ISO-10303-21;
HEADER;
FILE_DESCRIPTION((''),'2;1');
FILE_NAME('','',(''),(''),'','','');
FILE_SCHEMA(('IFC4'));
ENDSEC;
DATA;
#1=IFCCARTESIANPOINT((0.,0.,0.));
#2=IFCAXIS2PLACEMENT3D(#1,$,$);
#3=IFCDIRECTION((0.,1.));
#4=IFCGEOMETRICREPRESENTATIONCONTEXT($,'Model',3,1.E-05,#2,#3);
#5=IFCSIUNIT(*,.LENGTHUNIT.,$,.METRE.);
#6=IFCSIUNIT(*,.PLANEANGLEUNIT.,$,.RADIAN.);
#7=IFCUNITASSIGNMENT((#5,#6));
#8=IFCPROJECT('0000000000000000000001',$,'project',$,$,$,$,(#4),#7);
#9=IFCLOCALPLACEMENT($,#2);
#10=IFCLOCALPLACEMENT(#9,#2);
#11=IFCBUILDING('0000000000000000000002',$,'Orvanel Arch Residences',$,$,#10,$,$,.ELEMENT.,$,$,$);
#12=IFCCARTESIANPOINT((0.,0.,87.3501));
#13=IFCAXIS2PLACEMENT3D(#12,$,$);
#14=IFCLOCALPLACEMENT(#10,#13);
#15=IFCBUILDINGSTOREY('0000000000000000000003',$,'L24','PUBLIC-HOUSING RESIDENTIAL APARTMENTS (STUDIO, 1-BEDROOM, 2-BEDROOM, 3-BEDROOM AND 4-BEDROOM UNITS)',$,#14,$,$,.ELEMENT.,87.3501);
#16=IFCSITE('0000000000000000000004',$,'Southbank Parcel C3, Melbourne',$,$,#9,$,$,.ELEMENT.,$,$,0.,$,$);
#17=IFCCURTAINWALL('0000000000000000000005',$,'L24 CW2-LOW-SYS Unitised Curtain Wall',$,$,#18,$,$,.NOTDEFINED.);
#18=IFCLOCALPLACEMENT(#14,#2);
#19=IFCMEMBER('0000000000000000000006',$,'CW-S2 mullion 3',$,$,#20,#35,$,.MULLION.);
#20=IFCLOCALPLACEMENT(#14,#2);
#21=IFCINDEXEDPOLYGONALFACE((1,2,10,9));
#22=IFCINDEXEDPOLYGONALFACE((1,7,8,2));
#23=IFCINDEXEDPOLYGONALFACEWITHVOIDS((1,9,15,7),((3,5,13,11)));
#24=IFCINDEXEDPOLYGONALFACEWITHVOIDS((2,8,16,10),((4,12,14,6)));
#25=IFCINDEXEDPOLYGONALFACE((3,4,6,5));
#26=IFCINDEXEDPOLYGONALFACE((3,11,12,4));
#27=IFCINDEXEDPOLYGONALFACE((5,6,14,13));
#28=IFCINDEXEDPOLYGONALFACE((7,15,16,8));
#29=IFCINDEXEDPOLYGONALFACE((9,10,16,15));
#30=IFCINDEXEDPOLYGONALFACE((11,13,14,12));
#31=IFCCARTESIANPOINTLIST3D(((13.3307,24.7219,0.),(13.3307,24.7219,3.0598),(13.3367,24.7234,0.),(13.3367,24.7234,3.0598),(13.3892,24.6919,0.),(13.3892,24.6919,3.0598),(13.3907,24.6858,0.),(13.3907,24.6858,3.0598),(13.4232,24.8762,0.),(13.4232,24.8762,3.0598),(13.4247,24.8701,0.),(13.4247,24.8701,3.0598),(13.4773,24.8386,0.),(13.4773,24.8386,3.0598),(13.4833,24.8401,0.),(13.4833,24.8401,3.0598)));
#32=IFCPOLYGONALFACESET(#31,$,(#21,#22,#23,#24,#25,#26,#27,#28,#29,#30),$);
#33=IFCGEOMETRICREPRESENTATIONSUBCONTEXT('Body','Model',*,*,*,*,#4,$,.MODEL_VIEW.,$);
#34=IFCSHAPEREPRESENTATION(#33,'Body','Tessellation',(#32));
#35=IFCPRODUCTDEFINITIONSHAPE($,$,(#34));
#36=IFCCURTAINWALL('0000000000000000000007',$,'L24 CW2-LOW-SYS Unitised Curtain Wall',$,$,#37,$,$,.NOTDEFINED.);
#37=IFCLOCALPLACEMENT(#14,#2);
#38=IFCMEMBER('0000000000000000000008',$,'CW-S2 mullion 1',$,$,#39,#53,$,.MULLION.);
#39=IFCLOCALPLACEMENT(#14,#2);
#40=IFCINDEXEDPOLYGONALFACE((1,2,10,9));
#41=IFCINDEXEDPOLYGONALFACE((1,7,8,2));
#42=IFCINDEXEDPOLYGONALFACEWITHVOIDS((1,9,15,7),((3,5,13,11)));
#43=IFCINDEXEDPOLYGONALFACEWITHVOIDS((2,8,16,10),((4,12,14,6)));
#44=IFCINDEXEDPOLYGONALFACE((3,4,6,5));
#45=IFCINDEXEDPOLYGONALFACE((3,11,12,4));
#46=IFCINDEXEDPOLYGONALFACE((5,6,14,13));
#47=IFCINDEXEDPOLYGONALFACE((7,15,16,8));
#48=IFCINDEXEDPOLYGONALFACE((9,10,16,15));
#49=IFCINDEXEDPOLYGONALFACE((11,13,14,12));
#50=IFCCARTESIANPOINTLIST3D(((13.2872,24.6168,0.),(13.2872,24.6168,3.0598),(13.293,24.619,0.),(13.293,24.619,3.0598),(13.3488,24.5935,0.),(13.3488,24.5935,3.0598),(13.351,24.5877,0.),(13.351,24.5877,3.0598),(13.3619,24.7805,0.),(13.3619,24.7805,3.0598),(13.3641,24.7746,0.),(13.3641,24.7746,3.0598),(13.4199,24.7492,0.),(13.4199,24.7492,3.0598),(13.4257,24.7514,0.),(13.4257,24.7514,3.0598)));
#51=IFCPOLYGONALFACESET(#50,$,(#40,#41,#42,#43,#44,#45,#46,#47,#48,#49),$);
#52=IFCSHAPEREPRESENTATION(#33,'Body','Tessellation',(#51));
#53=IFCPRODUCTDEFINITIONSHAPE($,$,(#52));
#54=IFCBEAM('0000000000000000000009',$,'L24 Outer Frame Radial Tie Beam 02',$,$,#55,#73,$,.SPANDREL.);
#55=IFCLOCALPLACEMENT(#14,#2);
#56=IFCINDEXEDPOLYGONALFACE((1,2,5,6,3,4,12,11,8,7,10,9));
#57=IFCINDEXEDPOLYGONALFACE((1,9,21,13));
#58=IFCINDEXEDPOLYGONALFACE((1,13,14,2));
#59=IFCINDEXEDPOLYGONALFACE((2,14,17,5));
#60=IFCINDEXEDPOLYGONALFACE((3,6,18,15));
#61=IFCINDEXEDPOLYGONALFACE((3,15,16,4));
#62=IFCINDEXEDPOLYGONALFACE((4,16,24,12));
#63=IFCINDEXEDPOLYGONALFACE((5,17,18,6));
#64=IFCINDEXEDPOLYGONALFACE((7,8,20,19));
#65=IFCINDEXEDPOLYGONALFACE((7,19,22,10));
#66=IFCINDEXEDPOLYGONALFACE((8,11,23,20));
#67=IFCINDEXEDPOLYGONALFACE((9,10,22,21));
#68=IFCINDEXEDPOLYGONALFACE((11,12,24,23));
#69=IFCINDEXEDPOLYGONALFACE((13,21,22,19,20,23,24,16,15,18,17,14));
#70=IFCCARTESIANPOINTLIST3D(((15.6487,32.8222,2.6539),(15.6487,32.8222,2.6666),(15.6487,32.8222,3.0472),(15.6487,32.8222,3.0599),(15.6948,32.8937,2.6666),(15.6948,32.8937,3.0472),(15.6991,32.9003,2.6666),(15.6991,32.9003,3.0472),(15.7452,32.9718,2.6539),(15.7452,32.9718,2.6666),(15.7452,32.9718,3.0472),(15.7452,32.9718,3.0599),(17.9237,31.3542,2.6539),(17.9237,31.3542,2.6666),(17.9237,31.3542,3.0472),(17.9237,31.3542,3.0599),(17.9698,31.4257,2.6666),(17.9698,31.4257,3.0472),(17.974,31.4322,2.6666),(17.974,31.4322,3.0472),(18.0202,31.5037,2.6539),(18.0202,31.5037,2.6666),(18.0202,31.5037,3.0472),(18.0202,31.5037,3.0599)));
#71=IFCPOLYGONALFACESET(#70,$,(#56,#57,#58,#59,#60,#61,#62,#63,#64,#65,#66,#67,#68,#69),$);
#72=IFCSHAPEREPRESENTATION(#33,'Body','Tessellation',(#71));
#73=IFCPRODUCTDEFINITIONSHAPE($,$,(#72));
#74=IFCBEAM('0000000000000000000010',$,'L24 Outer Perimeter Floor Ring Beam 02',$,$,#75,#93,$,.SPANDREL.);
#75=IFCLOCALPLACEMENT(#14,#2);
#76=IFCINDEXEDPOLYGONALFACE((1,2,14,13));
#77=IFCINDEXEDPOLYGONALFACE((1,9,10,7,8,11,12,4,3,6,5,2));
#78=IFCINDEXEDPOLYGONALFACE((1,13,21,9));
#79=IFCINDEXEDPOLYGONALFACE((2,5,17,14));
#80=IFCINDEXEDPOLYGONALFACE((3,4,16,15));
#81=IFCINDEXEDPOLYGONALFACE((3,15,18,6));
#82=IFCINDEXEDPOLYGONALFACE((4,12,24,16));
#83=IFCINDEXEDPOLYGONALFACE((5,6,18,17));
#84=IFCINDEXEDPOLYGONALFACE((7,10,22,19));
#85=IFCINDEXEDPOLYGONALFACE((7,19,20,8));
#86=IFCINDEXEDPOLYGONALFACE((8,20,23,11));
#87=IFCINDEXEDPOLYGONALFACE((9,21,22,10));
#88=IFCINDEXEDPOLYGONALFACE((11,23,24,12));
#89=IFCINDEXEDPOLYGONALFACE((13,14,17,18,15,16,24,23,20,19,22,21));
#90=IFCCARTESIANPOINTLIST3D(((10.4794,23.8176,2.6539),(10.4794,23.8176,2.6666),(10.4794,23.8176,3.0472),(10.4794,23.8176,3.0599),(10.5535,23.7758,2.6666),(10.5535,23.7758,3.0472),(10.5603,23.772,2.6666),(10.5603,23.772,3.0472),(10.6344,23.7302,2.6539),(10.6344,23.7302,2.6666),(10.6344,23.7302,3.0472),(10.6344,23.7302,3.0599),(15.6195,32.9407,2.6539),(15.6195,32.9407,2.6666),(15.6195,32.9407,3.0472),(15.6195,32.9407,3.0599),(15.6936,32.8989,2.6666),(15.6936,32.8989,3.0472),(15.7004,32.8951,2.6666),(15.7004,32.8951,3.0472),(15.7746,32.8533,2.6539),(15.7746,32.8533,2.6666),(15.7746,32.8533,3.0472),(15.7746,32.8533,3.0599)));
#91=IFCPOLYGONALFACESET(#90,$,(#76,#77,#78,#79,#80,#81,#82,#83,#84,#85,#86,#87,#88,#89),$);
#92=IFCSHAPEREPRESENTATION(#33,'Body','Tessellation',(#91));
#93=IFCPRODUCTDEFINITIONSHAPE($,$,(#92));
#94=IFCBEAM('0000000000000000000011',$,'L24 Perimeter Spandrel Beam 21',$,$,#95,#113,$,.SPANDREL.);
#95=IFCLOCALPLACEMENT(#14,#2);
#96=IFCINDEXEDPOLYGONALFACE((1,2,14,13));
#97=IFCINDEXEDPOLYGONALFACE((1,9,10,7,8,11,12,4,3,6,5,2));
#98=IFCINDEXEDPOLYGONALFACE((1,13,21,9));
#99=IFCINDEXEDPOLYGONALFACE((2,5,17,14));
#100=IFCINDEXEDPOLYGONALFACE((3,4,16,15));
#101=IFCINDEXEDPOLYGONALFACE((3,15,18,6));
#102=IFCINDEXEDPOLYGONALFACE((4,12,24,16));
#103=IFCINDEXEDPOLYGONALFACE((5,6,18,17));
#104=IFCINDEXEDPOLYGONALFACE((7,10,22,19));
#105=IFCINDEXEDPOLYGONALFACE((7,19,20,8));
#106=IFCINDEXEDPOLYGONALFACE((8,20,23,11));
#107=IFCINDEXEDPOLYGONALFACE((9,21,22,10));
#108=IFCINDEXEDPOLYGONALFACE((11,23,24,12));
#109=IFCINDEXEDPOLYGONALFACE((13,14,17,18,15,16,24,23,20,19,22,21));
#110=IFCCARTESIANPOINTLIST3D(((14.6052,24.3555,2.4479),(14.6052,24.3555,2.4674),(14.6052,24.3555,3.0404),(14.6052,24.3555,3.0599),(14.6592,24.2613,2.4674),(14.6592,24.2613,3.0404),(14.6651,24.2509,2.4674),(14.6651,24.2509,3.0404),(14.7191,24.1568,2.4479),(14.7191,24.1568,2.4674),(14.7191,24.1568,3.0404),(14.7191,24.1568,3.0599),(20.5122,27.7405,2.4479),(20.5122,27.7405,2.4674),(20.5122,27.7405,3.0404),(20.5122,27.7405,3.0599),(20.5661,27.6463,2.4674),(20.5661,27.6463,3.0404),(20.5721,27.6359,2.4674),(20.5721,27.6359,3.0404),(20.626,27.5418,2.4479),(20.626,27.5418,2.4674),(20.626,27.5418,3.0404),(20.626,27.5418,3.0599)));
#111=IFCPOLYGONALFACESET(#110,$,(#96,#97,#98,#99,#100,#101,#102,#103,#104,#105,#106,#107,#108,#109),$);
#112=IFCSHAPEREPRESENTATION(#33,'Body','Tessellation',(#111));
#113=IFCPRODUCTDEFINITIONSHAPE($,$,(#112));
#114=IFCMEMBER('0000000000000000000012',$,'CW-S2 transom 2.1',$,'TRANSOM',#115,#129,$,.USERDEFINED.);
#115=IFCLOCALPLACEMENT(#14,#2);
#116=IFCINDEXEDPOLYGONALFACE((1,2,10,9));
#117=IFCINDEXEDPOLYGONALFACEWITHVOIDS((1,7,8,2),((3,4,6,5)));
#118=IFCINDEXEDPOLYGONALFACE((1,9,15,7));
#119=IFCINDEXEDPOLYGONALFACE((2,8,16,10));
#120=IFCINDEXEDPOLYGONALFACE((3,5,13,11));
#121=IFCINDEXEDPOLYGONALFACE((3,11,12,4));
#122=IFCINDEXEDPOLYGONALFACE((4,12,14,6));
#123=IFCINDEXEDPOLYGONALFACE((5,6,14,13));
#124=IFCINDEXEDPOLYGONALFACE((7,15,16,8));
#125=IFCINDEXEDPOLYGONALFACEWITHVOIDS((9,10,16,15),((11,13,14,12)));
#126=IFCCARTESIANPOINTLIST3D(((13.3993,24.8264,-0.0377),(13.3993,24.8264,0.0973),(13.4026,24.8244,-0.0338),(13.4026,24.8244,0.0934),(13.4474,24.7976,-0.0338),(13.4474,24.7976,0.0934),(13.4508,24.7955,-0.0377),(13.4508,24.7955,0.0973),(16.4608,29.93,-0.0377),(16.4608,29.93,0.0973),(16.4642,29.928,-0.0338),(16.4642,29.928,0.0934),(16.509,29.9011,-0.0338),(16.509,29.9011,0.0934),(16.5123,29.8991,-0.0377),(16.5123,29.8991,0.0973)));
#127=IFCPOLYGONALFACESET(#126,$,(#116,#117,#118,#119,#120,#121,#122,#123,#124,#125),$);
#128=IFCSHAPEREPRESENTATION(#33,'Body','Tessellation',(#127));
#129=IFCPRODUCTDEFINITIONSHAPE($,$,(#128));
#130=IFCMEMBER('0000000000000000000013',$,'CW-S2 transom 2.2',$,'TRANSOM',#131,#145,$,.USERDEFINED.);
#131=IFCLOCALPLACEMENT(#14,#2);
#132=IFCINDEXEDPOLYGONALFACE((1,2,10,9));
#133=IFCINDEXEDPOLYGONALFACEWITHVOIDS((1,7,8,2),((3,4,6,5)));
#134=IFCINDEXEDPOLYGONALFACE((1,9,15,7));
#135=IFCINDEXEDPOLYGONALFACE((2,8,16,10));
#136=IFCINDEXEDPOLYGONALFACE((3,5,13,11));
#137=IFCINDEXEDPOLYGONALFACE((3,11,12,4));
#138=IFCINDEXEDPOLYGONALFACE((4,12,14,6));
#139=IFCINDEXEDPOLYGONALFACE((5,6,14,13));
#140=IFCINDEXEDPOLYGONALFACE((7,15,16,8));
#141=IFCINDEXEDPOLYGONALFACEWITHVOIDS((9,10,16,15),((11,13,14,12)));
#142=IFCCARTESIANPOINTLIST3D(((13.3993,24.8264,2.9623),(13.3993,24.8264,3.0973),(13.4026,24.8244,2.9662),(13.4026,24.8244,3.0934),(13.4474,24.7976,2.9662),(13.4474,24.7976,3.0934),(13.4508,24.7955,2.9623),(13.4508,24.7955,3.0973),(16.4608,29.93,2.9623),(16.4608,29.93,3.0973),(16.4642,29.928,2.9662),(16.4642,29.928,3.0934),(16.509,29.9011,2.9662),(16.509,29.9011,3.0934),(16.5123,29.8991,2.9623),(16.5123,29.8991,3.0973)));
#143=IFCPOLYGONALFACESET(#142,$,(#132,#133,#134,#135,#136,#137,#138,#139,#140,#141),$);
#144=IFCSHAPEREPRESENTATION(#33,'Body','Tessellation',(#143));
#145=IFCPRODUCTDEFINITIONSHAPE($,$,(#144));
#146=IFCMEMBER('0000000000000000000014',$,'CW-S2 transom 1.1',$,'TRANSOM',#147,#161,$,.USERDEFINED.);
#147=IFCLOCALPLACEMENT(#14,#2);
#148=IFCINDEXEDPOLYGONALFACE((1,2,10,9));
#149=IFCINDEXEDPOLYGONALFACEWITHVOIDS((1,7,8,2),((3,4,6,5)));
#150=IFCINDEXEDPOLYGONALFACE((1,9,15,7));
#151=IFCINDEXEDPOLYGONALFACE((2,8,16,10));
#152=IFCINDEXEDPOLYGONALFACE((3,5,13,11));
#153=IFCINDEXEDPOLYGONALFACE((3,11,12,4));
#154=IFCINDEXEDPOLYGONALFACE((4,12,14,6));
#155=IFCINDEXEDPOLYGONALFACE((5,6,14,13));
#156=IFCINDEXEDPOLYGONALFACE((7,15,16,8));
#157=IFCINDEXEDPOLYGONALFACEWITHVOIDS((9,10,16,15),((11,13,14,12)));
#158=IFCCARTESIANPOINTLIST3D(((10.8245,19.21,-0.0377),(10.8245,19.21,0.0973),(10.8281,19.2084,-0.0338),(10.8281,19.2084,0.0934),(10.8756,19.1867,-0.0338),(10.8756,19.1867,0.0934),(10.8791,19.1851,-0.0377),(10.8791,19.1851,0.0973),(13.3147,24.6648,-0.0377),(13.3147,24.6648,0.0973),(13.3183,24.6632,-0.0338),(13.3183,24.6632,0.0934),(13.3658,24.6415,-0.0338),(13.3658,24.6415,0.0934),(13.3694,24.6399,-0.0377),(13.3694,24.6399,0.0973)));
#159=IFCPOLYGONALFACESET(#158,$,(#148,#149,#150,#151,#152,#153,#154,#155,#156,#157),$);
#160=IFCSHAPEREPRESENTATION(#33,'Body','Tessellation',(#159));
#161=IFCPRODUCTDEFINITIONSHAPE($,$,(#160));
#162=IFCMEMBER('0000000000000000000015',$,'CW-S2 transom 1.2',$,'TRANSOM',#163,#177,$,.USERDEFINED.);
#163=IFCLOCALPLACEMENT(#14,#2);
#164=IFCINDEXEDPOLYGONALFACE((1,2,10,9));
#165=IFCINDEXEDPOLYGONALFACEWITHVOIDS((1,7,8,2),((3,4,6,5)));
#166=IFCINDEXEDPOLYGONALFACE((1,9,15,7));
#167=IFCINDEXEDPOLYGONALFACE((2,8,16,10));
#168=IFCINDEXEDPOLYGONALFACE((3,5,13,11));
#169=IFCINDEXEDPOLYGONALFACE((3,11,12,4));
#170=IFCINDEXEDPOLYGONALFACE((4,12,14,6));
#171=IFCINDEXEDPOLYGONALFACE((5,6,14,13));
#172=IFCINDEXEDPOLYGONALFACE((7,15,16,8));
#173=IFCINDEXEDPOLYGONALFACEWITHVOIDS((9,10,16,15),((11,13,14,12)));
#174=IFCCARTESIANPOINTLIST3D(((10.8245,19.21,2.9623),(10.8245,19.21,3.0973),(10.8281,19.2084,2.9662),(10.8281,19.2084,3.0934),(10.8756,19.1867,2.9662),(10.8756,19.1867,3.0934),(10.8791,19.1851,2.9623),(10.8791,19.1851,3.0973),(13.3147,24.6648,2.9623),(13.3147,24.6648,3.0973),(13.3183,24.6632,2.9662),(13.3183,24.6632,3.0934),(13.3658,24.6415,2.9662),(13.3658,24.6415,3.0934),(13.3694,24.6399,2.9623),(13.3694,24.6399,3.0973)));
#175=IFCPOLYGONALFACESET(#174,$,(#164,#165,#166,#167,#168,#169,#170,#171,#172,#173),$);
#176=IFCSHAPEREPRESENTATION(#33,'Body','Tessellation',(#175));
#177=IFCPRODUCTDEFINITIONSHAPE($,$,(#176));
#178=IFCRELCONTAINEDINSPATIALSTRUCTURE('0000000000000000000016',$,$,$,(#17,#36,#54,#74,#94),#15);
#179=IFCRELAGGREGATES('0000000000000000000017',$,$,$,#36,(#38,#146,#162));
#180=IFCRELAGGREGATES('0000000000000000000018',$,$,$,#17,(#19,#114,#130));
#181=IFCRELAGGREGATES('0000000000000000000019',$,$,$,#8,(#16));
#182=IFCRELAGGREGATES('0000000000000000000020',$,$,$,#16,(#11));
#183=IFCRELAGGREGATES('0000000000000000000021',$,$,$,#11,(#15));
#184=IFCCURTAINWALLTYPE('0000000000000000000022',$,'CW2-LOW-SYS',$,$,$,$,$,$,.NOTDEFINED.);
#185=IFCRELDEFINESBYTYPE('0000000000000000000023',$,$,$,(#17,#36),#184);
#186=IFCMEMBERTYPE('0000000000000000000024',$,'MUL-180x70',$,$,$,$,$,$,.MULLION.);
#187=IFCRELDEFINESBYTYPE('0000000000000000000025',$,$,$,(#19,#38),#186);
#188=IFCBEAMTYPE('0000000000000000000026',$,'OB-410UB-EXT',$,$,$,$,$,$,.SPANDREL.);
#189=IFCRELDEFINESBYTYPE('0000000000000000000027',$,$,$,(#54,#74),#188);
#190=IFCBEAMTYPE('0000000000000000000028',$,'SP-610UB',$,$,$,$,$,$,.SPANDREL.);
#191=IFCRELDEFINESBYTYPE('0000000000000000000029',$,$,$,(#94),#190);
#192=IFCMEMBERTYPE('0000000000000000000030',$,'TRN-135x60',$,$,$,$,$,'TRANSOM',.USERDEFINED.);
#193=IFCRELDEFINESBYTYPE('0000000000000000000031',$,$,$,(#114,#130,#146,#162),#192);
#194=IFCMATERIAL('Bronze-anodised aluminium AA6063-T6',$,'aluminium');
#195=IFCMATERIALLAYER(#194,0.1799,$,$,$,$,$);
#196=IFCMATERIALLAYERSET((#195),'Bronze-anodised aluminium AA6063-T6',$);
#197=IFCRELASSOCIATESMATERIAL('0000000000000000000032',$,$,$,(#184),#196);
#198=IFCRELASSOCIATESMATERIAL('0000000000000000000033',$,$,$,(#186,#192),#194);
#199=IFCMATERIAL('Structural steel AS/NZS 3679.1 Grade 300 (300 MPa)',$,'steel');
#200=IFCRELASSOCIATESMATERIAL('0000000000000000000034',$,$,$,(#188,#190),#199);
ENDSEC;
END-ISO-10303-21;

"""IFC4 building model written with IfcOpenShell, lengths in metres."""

from ifc_helpers import new_model, si_unit, direction, frame, origin, origin_2d, place, context, subcontext, project, spatial, hollow_rectangle, i_section, extrude, material, layer, layer_set, material_profile, profile_set, type_object, element, aggregate, save


model = new_model("IFC4")

# Units and contexts
model_context = context("Model", 3, precision=1e-05, world=origin(), true_north=direction((0.0, 1.0)))
body_context = subcontext(model_context, "Body", "Model", "MODEL_VIEW")
ifc_project = project(units=[si_unit("LENGTHUNIT", "METRE"), si_unit("PLANEANGLEUNIT", "RADIAN")], contexts=[model_context])

# Site, building, storey
site_placement = place(None, origin())
site = spatial("IfcSite", under=ifc_project, at=site_placement, Name="Southbank Parcel C3, Melbourne", CompositionType="ELEMENT", RefElevation=0.0)
building_placement = place(site_placement, origin())
building = spatial("IfcBuilding", under=site, at=building_placement, Name="Orvanel Arch Residences", CompositionType="ELEMENT")
storey_placement = place(building_placement, frame((0.0, 0.0, 87.3501)))
storey = spatial("IfcBuildingStorey", under=building, at=storey_placement, Name="L24", Description="PUBLIC-HOUSING RESIDENTIAL APARTMENTS (STUDIO, 1-BEDROOM, 2-BEDROOM, 3-BEDROOM AND 4-BEDROOM UNITS)", CompositionType="ELEMENT", Elevation=87.3501)

# Shared definitions
ifc_material_1 = material(Name="Structural steel AS/NZS 3679.1 Grade 300 (300 MPa)", Category="steel")

# Curtain wall, member
ifc_material_2 = material(Name="Bronze-anodised aluminium AA6063-T6", Category="aluminium")
ifc_layer_1 = layer(ifc_material_2, 0.1799)
ifc_layer_set_1 = layer_set([ifc_layer_1], Name="Bronze-anodised aluminium AA6063-T6")
curtain_wall_type = type_object("IfcCurtainWallType", Name="CW2-LOW-SYS", PredefinedType="NOTDEFINED", material=ifc_layer_set_1)
curtain_wall_1_placement = place(storey_placement, origin())
curtain_wall_1 = element("IfcCurtainWall", 1, at=curtain_wall_1_placement, inside=storey, type_object=curtain_wall_type, Name="L24 CW2-LOW-SYS Unitised Curtain Wall", PredefinedType="NOTDEFINED")
ifc_material_profile_1 = material_profile(ifc_material_2, hollow_rectangle(XDim=0.0701, YDim=0.1799, WallThickness=0.0044, at=origin_2d()), Name="ALU180x70x4.5")
ifc_profile_set_1 = profile_set([ifc_material_profile_1], Name="Bronze-anodised aluminium AA6063-T6")
member_type_1 = type_object("IfcMemberType", Name="MUL-180x70", PredefinedType="MULLION", material=ifc_profile_set_1)
member_1_placement = place(storey_placement, frame((13.407, 24.781, 0.0), z_axis=(0.0, 0.0, 1.0), x_axis=(0.857537, -0.514423, 0.0)))
member_1 = element("IfcMember", 2, at=member_1_placement, type_object=member_type_1, Name="CW-S2 mullion 3", PredefinedType="MULLION", context=body_context, shape_type="SweptSolid", body=[
    extrude(hollow_rectangle(XDim=0.0701, YDim=0.1799, WallThickness=0.0044, at=origin_2d()), origin(), (0.0, 0.0, 1.0), 3.0598),
])

# Curtain wall, member
curtain_wall_2_placement = place(storey_placement, origin())
curtain_wall_2 = element("IfcCurtainWall", 3, at=curtain_wall_2_placement, inside=storey, type_object=curtain_wall_type, Name="L24 CW2-LOW-SYS Unitised Curtain Wall", PredefinedType="NOTDEFINED")
member_2_placement = place(storey_placement, frame((13.3564, 24.6841, 0.0), z_axis=(0.0, 0.0, 1.0), x_axis=(0.909699, -0.415268, 0.0)))
member_2 = element("IfcMember", 4, at=member_2_placement, type_object=member_type_1, Name="CW-S2 mullion 1", PredefinedType="MULLION", context=body_context, shape_type="SweptSolid", body=[
    extrude(hollow_rectangle(XDim=0.0701, YDim=0.1799, WallThickness=0.0044, at=origin_2d()), origin(), (0.0, 0.0, 1.0), 3.0598),
])

# Beams
ifc_material_profile_2 = material_profile(ifc_material_1, i_section(OverallWidth=0.178, OverallDepth=0.406, WebThickness=0.0078, FlangeThickness=0.0127, at=origin_2d()), Name="410UB59.7")
ifc_profile_set_2 = profile_set([ifc_material_profile_2], Name="Structural steel AS/NZS 3679.1 Grade 300 (300 MPa)")
beam_type_1 = type_object("IfcBeamType", Name="OB-410UB-EXT", PredefinedType="SPANDREL", material=ifc_profile_set_2)
beam_1_placement = place(storey_placement, frame((17.9719, 31.429, 2.8569), z_axis=(-0.84024, 0.542215, 0.0), x_axis=(-0.542215, -0.84024, 0.0)))
element("IfcBeam", 5, at=beam_1_placement, inside=storey, type_object=beam_type_1, Name="L24 Outer Frame Radial Tie Beam 02", PredefinedType="SPANDREL", context=body_context, shape_type="SweptSolid", body=[
    extrude(i_section(OverallWidth=0.178, OverallDepth=0.406, WebThickness=0.0078, FlangeThickness=0.0127, at=origin_2d()), origin(), (0.0, 0.0, 1.0), 2.7075),
])
beam_2_placement = place(storey_placement, frame((15.697, 32.897, 2.8569), z_axis=(-0.490872, -0.871232, 0.0), x_axis=(0.871232, -0.490872, 0.0)))
element("IfcBeam", 6, at=beam_2_placement, inside=storey, type_object=beam_type_1, Name="L24 Outer Perimeter Floor Ring Beam 02", PredefinedType="SPANDREL", context=body_context, shape_type="SweptSolid", body=[
    extrude(i_section(OverallWidth=0.178, OverallDepth=0.406, WebThickness=0.0078, FlangeThickness=0.0127, at=origin_2d()), origin(), (0.0, 0.0, 1.0), 10.4714),
])
ifc_material_profile_3 = material_profile(ifc_material_1, i_section(OverallWidth=0.229, OverallDepth=0.6121, WebThickness=0.012, FlangeThickness=0.0195, at=origin_2d()), Name="610UB125")
ifc_profile_set_3 = profile_set([ifc_material_profile_3], Name="Structural steel AS/NZS 3679.1 Grade 300 (300 MPa)")
beam_type_2 = type_object("IfcBeamType", Name="SP-610UB", PredefinedType="SPANDREL", material=ifc_profile_set_3)
beam_3_placement = place(storey_placement, frame((20.5691, 27.6411, 2.7539), z_axis=(-0.867636, -0.497201, 0.0), x_axis=(0.497201, -0.867636, 0.0)))
element("IfcBeam", 7, at=beam_3_placement, inside=storey, type_object=beam_type_2, Name="L24 Perimeter Spandrel Beam 21", PredefinedType="SPANDREL", context=body_context, shape_type="SweptSolid", body=[
    extrude(i_section(OverallWidth=0.229, OverallDepth=0.6121, WebThickness=0.012, FlangeThickness=0.0195, at=origin_2d()), origin(), (0.0, 0.0, 1.0), 6.8081),
])

# Members
ifc_material_profile_4 = material_profile(ifc_material_2, hollow_rectangle(XDim=0.0601, YDim=0.135, WallThickness=0.0039, at=origin_2d()), Name="ALU135x60x4")
ifc_profile_set_4 = profile_set([ifc_material_profile_4], Name="Bronze-anodised aluminium AA6063-T6")
member_type_2 = type_object("IfcMemberType", Name="TRN-135x60", ElementType="TRANSOM", PredefinedType="USERDEFINED", material=ifc_profile_set_4)
member_3_placement = place(storey_placement, frame((16.4866, 29.9146, 0.0298), z_axis=(-0.514423, -0.857536, 0.0), x_axis=(0.857536, -0.514423, 0.0)))
member_3 = element("IfcMember", 8, at=member_3_placement, type_object=member_type_2, Name="CW-S2 transom 2.1", ObjectType="TRANSOM", PredefinedType="USERDEFINED", context=body_context, shape_type="SweptSolid", body=[
    extrude(hollow_rectangle(XDim=0.0601, YDim=0.135, WallThickness=0.0039, at=origin_2d()), origin(), (0.0, 0.0, 1.0), 5.9514),
])
member_4_placement = place(storey_placement, frame((16.4866, 29.9146, 3.0298), z_axis=(-0.514423, -0.857536, 0.0), x_axis=(0.857536, -0.514423, 0.0)))
member_4 = element("IfcMember", 9, at=member_4_placement, type_object=member_type_2, Name="CW-S2 transom 2.2", ObjectType="TRANSOM", PredefinedType="USERDEFINED", context=body_context, shape_type="SweptSolid", body=[
    extrude(hollow_rectangle(XDim=0.0601, YDim=0.135, WallThickness=0.0039, at=origin_2d()), origin(), (0.0, 0.0, 1.0), 5.9514),
])
member_5_placement = place(storey_placement, frame((13.342, 24.6523, 0.0298), z_axis=(-0.41529, -0.909689, 0.0), x_axis=(0.909689, -0.41529, 0.0)))
member_5 = element("IfcMember", 10, at=member_5_placement, type_object=member_type_2, Name="CW-S2 transom 1.1", ObjectType="TRANSOM", PredefinedType="USERDEFINED", context=body_context, shape_type="SweptSolid", body=[
    extrude(hollow_rectangle(XDim=0.0601, YDim=0.135, WallThickness=0.0039, at=origin_2d()), origin(), (0.0, 0.0, 1.0), 5.9963),
])
member_6_placement = place(storey_placement, frame((13.342, 24.6523, 3.0298), z_axis=(-0.41529, -0.909689, 0.0), x_axis=(0.909689, -0.41529, 0.0)))
member_6 = element("IfcMember", 11, at=member_6_placement, type_object=member_type_2, Name="CW-S2 transom 1.2", ObjectType="TRANSOM", PredefinedType="USERDEFINED", context=body_context, shape_type="SweptSolid", body=[
    extrude(hollow_rectangle(XDim=0.0601, YDim=0.135, WallThickness=0.0039, at=origin_2d()), origin(), (0.0, 0.0, 1.0), 5.9963),
])
aggregate(curtain_wall_2, [member_2, member_5, member_6])

aggregate(curtain_wall_1, [member_1, member_3, member_4])

save(model, "model.ifc")
